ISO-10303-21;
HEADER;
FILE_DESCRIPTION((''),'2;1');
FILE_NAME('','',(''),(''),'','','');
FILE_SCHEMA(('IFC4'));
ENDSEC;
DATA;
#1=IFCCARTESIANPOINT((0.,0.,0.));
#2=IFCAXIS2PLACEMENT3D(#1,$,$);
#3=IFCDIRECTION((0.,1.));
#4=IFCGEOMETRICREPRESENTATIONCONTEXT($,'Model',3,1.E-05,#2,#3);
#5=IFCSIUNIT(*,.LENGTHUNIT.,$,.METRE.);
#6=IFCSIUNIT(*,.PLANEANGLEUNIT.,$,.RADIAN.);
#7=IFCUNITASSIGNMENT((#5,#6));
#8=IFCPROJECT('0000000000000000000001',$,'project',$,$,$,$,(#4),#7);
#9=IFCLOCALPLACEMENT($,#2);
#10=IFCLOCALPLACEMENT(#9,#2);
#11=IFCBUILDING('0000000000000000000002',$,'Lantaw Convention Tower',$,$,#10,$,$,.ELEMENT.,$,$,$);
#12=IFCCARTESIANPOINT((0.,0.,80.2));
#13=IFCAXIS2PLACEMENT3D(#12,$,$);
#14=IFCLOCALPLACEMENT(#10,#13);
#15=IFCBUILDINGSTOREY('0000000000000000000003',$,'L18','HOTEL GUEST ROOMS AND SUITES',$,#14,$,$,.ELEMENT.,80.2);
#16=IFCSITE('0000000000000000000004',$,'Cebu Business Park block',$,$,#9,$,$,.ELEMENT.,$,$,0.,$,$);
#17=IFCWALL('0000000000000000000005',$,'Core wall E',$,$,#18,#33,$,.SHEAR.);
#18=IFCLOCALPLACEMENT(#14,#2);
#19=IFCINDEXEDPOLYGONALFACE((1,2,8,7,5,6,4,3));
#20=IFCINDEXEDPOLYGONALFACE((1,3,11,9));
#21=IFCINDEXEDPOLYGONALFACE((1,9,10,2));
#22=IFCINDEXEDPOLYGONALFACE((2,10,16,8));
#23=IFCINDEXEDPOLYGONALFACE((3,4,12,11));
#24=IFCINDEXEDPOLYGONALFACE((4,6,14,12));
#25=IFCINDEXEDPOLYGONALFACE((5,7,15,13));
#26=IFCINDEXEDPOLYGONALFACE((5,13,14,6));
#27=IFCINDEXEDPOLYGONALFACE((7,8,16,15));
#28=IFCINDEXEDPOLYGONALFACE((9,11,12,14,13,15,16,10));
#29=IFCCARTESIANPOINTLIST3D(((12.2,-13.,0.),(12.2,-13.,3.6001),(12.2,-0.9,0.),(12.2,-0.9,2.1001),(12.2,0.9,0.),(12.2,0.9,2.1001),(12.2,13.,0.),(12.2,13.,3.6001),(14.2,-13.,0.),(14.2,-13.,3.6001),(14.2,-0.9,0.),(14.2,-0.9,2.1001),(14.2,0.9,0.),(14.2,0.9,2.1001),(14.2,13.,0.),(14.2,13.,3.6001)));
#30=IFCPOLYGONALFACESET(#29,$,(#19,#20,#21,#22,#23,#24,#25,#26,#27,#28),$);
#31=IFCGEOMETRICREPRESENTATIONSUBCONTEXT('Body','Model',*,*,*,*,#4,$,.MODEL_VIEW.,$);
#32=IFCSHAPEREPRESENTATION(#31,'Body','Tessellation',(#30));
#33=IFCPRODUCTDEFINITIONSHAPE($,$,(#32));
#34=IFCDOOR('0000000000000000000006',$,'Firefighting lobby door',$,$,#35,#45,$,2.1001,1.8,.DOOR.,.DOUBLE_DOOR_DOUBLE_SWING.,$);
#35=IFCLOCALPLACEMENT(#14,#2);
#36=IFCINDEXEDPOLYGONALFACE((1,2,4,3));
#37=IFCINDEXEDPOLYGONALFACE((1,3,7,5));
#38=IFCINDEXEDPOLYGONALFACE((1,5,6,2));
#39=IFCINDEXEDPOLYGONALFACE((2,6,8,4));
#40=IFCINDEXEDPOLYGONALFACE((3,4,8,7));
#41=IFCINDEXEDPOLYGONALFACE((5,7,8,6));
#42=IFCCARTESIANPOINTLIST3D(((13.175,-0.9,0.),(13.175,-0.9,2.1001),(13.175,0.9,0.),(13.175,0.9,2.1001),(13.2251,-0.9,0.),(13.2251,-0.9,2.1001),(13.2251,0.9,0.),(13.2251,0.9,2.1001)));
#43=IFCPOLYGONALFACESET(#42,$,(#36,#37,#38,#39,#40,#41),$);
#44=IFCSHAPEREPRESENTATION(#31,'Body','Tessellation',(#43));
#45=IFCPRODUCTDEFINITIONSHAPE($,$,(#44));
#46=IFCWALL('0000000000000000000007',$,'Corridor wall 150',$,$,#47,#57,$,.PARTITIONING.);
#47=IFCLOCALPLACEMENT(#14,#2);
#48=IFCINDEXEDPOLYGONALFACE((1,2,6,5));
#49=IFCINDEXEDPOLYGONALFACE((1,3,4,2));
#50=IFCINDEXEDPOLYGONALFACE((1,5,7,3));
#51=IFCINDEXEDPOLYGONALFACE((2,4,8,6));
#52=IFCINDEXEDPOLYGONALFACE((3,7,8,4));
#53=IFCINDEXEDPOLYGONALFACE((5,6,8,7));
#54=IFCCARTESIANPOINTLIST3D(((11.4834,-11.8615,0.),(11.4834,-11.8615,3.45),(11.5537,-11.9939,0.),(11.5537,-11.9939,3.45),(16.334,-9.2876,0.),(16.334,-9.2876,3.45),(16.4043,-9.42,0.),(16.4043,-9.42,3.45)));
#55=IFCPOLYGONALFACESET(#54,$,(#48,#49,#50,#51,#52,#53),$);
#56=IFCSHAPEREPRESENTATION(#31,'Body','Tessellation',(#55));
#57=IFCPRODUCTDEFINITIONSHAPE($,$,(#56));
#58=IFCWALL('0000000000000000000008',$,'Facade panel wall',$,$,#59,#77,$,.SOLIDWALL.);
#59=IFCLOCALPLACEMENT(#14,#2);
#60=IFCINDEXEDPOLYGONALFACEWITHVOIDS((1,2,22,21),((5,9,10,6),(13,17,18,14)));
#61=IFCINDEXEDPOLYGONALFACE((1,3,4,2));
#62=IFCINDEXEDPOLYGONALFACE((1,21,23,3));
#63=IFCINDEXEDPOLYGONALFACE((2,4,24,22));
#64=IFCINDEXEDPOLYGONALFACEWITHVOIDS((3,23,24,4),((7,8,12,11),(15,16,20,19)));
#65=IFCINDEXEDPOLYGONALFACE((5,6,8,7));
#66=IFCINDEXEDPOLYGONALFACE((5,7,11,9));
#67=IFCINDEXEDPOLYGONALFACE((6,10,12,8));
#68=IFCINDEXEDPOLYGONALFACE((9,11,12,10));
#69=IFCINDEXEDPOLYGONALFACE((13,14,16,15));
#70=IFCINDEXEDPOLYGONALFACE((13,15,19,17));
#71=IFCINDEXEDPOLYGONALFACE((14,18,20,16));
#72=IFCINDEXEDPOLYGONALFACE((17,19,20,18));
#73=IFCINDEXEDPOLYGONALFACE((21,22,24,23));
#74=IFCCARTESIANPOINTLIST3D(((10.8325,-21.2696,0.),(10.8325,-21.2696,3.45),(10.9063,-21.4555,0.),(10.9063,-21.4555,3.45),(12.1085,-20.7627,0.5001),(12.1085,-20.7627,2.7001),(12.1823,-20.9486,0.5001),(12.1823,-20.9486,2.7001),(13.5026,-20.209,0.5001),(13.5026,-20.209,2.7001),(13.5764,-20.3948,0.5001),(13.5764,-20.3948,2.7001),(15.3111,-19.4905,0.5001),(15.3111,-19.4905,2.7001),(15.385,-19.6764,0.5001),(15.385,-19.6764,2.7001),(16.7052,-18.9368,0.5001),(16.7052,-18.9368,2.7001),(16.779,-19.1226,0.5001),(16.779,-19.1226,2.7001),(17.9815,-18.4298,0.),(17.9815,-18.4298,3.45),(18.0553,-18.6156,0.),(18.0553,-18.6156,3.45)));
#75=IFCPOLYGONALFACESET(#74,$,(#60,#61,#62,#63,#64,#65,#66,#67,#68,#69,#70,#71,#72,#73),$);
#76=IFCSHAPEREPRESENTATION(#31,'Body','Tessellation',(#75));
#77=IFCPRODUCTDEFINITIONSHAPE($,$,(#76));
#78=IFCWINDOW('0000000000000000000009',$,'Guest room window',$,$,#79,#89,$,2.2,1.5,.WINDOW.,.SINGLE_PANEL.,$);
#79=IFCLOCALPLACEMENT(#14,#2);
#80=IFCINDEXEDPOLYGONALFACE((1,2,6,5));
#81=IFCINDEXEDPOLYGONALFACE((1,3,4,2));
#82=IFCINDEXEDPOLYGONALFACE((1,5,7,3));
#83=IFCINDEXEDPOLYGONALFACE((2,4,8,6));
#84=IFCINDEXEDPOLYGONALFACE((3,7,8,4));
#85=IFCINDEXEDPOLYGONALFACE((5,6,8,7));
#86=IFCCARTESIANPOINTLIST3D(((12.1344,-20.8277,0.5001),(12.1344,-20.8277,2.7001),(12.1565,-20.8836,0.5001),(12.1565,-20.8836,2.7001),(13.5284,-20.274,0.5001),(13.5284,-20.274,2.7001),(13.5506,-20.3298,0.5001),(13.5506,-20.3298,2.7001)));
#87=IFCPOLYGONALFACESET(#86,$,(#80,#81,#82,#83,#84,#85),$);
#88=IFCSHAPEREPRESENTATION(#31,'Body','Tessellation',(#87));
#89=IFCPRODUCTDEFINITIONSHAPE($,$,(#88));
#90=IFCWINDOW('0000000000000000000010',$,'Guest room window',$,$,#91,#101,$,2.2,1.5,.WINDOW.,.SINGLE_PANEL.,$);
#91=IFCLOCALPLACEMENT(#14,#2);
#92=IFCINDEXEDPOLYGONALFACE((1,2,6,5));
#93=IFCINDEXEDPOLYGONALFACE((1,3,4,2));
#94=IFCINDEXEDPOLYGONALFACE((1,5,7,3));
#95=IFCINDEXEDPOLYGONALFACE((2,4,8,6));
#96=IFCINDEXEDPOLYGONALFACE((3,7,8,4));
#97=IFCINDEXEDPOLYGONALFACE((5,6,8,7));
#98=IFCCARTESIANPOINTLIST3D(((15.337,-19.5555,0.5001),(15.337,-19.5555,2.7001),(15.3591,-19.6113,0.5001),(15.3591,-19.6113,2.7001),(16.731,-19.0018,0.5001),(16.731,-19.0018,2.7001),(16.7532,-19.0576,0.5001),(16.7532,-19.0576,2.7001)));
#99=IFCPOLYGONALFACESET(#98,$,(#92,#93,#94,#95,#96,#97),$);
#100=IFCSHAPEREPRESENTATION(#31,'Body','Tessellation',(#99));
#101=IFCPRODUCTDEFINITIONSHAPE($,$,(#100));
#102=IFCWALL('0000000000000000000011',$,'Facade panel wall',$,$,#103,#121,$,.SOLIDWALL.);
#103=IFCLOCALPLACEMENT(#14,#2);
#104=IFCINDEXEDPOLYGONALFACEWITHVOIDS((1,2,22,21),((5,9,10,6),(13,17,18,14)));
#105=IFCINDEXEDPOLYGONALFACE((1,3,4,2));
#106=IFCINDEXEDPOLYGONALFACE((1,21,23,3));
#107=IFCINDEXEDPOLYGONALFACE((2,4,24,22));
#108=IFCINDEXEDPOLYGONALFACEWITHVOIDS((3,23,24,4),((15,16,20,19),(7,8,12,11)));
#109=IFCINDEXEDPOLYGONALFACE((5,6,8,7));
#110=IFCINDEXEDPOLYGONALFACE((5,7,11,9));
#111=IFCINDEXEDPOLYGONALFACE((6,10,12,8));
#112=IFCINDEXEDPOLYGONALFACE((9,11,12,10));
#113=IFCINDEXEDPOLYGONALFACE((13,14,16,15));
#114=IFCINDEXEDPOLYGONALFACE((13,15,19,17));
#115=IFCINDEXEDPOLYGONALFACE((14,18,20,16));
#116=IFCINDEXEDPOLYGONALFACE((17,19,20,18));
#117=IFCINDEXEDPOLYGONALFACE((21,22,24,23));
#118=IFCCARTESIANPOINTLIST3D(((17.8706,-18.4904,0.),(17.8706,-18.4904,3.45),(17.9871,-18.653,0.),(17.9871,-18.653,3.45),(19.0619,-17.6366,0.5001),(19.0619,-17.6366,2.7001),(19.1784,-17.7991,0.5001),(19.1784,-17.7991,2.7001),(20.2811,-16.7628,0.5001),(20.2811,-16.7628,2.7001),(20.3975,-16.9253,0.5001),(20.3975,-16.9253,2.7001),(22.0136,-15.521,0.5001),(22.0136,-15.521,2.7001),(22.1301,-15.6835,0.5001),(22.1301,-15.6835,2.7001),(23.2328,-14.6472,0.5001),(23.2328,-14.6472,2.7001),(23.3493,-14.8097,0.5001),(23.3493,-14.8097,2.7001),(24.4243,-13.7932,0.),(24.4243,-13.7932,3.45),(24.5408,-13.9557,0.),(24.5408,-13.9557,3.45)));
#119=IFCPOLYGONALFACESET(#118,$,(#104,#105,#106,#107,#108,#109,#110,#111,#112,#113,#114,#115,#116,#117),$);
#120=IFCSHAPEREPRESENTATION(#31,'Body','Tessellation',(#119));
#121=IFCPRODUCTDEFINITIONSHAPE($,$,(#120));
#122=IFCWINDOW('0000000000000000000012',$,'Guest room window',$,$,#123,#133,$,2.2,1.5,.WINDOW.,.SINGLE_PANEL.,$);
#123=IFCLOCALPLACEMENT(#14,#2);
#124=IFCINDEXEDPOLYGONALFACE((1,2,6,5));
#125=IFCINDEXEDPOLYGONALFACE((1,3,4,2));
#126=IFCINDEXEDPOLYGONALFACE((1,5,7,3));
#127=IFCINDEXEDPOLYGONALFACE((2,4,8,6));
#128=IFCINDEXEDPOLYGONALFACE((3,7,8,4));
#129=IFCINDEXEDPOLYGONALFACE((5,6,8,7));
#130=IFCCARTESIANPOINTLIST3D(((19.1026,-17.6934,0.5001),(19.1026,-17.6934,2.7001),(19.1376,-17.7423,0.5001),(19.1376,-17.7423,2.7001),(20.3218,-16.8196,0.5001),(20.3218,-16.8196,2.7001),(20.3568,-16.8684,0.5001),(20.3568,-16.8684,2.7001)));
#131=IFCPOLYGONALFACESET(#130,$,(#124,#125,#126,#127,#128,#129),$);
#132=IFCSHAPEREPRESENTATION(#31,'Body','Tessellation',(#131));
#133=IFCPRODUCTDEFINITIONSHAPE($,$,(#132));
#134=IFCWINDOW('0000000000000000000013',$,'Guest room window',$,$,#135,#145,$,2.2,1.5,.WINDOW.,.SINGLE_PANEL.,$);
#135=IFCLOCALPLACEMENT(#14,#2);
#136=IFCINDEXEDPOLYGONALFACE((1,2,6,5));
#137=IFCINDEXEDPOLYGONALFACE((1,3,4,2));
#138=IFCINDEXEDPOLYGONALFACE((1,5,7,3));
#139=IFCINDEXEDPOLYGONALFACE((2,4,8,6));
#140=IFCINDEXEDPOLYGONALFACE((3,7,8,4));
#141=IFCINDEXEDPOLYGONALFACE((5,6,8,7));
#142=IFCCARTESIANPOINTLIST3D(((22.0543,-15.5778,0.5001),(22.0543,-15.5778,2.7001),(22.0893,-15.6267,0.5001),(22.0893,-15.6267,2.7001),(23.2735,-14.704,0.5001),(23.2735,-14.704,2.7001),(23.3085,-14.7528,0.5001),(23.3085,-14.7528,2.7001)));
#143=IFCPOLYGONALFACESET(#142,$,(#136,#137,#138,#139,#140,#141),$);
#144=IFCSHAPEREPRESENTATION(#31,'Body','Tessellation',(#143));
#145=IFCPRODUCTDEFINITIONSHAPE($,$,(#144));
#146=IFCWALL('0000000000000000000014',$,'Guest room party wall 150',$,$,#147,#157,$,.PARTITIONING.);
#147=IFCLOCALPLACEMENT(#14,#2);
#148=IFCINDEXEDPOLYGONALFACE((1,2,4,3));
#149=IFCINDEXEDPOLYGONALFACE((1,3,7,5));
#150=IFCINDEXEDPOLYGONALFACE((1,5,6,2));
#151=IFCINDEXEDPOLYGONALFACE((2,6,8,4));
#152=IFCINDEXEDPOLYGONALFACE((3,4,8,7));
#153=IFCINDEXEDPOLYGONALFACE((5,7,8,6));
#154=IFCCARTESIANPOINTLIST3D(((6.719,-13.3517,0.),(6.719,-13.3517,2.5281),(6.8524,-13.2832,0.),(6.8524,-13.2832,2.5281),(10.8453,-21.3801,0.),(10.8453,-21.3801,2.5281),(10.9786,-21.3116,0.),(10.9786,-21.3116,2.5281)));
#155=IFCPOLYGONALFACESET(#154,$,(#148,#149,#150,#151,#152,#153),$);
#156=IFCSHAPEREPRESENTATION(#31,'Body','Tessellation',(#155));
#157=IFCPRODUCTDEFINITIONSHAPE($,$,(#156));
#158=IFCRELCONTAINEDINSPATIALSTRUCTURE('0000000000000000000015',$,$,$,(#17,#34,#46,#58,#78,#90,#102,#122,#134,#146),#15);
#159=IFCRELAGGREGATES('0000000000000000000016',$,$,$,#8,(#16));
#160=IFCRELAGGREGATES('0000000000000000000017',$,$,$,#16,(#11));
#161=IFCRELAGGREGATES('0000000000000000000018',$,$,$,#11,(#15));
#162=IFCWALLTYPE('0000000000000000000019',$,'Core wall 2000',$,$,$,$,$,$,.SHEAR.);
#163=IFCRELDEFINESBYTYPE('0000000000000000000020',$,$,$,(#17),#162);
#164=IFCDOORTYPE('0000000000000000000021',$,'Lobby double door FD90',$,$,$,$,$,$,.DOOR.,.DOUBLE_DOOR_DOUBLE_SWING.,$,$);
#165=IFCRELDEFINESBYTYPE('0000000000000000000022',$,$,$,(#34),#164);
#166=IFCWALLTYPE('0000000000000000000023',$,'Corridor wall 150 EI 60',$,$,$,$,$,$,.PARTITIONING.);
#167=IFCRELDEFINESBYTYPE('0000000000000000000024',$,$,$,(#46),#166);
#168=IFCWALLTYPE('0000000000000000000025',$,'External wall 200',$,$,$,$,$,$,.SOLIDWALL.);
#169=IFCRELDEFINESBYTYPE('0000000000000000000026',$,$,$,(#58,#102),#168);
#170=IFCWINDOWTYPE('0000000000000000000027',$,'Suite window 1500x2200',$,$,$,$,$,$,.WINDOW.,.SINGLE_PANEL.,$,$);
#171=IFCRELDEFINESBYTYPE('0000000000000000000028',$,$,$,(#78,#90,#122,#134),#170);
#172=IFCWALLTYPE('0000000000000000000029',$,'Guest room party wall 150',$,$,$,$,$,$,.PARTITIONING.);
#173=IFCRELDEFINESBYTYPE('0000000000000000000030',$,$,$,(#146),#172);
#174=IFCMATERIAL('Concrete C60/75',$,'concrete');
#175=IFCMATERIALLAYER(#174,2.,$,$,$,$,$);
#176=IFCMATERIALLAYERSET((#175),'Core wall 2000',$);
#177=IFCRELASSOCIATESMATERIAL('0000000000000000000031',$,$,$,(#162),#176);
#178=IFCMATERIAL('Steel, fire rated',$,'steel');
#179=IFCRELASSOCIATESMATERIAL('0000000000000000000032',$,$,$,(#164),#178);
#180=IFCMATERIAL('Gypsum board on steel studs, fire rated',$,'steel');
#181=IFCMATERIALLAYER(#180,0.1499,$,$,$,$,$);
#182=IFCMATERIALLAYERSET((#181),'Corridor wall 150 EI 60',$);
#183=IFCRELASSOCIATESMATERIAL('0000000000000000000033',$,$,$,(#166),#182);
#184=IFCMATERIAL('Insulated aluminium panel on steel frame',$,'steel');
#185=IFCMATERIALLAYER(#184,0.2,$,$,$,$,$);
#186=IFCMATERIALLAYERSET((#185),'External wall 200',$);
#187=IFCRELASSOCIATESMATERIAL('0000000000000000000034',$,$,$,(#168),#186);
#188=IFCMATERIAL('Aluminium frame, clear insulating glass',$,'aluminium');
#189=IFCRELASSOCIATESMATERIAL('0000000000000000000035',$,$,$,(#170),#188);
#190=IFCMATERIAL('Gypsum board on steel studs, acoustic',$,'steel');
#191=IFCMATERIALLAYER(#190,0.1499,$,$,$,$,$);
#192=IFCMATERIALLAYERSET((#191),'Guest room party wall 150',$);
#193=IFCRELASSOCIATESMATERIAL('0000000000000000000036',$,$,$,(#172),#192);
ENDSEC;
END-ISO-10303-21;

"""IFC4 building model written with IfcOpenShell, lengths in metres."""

from ifc_helpers import new_model, si_unit, direction, frame, frame_2d, origin, place, context, subcontext, project, spatial, rectangle, extrude, material, layer, layer_set, type_object, element, fill, save


model = new_model("IFC4")

# Units and contexts
model_context = context("Model", 3, precision=1e-05, world=origin(), true_north=direction((0.0, 1.0)))
body_context = subcontext(model_context, "Body", "Model", "MODEL_VIEW")
ifc_project = project(units=[si_unit("LENGTHUNIT", "METRE"), si_unit("PLANEANGLEUNIT", "RADIAN")], contexts=[model_context])

# Site, building, storey
site_placement = place(None, origin())
site = spatial("IfcSite", under=ifc_project, at=site_placement, Name="Cebu Business Park block", CompositionType="ELEMENT", RefElevation=0.0)
building_placement = place(site_placement, origin())
building = spatial("IfcBuilding", under=site, at=building_placement, Name="Lantaw Convention Tower", CompositionType="ELEMENT")
storey_placement = place(building_placement, frame((0.0, 0.0, 80.2)))
storey = spatial("IfcBuildingStorey", under=building, at=storey_placement, Name="L18", Description="HOTEL GUEST ROOMS AND SUITES", CompositionType="ELEMENT", Elevation=80.2)

# Shared definitions
ifc_material_1 = material(Name="Concrete C60/75", Category="concrete")

# Wall, opening, door
ifc_layer_1 = layer(ifc_material_1, 2.0)
ifc_layer_set_1 = layer_set([ifc_layer_1], Name="Core wall 2000")
wall_type_1 = type_object("IfcWallType", Name="Core wall 2000", PredefinedType="SHEAR", material=ifc_layer_set_1)
wall_1_placement = place(storey_placement, frame((13.2, -13.0, 0.0), z_axis=(0.0, 0.0, 1.0), x_axis=(0.0, 1.0, 0.0)))
wall_1 = element("IfcWall", 1, at=wall_1_placement, inside=storey, type_object=wall_type_1, Name="Core wall E", PredefinedType="SHEAR", context=body_context, shape_type="SweptSolid", body=[
    extrude(rectangle(XDim=26.0, YDim=2.0, at=frame_2d((13.0, 0.0))), origin(), (0.0, 0.0, 1.0), 3.6001),
])
opening_1_placement = place(wall_1_placement, frame((12.1001, 0.0, 0.0)))
opening_1 = element("IfcOpeningElement", 2, at=opening_1_placement, cuts=wall_1, PredefinedType="OPENING", context=body_context, shape_type="SweptSolid", body=[
    extrude(rectangle(XDim=1.8, YDim=2.1001, at=frame_2d((0.8999, 1.05))), frame((0.0, 1.01, 0.0), z_axis=(0.0, -1.0, 0.0), x_axis=(1.0, 0.0, 0.0)), (0.0, 0.0, 1.0), 2.02),
])
ifc_material_2 = material(Name="Steel, fire rated", Category="steel")
door_type_1 = type_object("IfcDoorType", Name="Lobby double door FD90", OperationType="DOUBLE_DOOR_DOUBLE_SWING", PredefinedType="DOOR", material=ifc_material_2)
door_1_placement = place(opening_1_placement, origin())
door_1 = element("IfcDoor", 3, at=door_1_placement, inside=storey, type_object=door_type_1, Name="Firefighting lobby door", OperationType="DOUBLE_DOOR_DOUBLE_SWING", OverallHeight=2.1001, OverallWidth=1.8, PredefinedType="DOOR", context=body_context, shape_type="SweptSolid", body=[
    extrude(rectangle(XDim=1.8, YDim=2.1001, at=frame_2d((0.8999, 1.05))), frame((0.0, 0.0249, 0.0), z_axis=(0.0, -1.0, 0.0), x_axis=(1.0, 0.0, 0.0)), (0.0, 0.0, 1.0), 0.05),
])
fill(opening_1, door_1)

# Wall
ifc_material_3 = material(Name="Gypsum board on steel studs, fire rated", Category="steel")
ifc_layer_2 = layer(ifc_material_3, 0.1499)
ifc_layer_set_2 = layer_set([ifc_layer_2], Name="Corridor wall 150 EI 60")
wall_type_2 = type_object("IfcWallType", Name="Corridor wall 150 EI 60", PredefinedType="PARTITIONING", material=ifc_layer_set_2)
wall_2_placement = place(storey_placement, frame((11.5186, -11.9277, 0.0), z_axis=(0.0, 0.0, 1.0), x_axis=(0.883334, 0.468743, 0.0)))
element("IfcWall", 4, at=wall_2_placement, inside=storey, type_object=wall_type_2, Name="Corridor wall 150", PredefinedType="PARTITIONING", context=body_context, shape_type="SweptSolid", body=[
    extrude(rectangle(XDim=5.4912, YDim=0.1499, at=frame_2d((2.7456, 0.0))), origin(), (0.0, 0.0, 1.0), 3.45),
])

# Walls, openings, windows
ifc_material_4 = material(Name="Insulated aluminium panel on steel frame", Category="steel")
ifc_layer_3 = layer(ifc_material_4, 0.2)
ifc_layer_set_3 = layer_set([ifc_layer_3], Name="External wall 200")
wall_type_3 = type_object("IfcWallType", Name="External wall 200", PredefinedType="SOLIDWALL", material=ifc_layer_set_3)
wall_3_placement = place(storey_placement, frame((10.8694, -21.3625, 0.0), z_axis=(0.0, 0.0, 1.0), x_axis=(0.929358, 0.369179, 0.0)))
wall_3 = element("IfcWall", 5, at=wall_3_placement, inside=storey, type_object=wall_type_3, Name="Facade panel wall", PredefinedType="SOLIDWALL", context=body_context, shape_type="SweptSolid", body=[
    extrude(rectangle(XDim=7.6924, YDim=0.2, at=frame_2d((3.8462, 0.0))), origin(), (0.0, 0.0, 1.0), 3.45),
])
opening_2_placement = place(wall_3_placement, frame((1.373, 0.0, 0.5)))
opening_2 = element("IfcOpeningElement", 6, at=opening_2_placement, cuts=wall_3, PredefinedType="OPENING", context=body_context, shape_type="SweptSolid", body=[
    extrude(rectangle(XDim=1.5, YDim=2.2, at=frame_2d((0.75, 1.1001))), frame((0.0, 0.1099, 0.0), z_axis=(0.0, -1.0, 0.0), x_axis=(1.0, 0.0, 0.0)), (0.0, 0.0, 1.0), 0.22),
])
opening_3_placement = place(wall_3_placement, frame((4.8191, 0.0, 0.5)))
opening_3 = element("IfcOpeningElement", 7, at=opening_3_placement, cuts=wall_3, PredefinedType="OPENING", context=body_context, shape_type="SweptSolid", body=[
    extrude(rectangle(XDim=1.5, YDim=2.2, at=frame_2d((0.75, 1.1001))), frame((0.0, 0.1099, 0.0), z_axis=(0.0, -1.0, 0.0), x_axis=(1.0, 0.0, 0.0)), (0.0, 0.0, 1.0), 0.22),
])
ifc_material_5 = material(Name="Aluminium frame, clear insulating glass", Category="aluminium")
window_type = type_object("IfcWindowType", Name="Suite window 1500x2200", PartitioningType="SINGLE_PANEL", PredefinedType="WINDOW", material=ifc_material_5)
window_1_placement = place(opening_2_placement, origin())
window_1 = element("IfcWindow", 8, at=window_1_placement, inside=storey, type_object=window_type, Name="Guest room window", OverallHeight=2.2, OverallWidth=1.5, PartitioningType="SINGLE_PANEL", PredefinedType="WINDOW", context=body_context, shape_type="SweptSolid", body=[
    extrude(rectangle(XDim=1.5, YDim=2.2, at=frame_2d((0.75, 1.1001))), frame((0.0, 0.03, 0.0), z_axis=(0.0, -1.0, 0.0), x_axis=(1.0, 0.0, 0.0)), (0.0, 0.0, 1.0), 0.0601),
])
fill(opening_2, window_1)
window_2_placement = place(opening_3_placement, origin())
window_2 = element("IfcWindow", 9, at=window_2_placement, inside=storey, type_object=window_type, Name="Guest room window", OverallHeight=2.2, OverallWidth=1.5, PartitioningType="SINGLE_PANEL", PredefinedType="WINDOW", context=body_context, shape_type="SweptSolid", body=[
    extrude(rectangle(XDim=1.5, YDim=2.2, at=frame_2d((0.75, 1.1001))), frame((0.0, 0.03, 0.0), z_axis=(0.0, -1.0, 0.0), x_axis=(1.0, 0.0, 0.0)), (0.0, 0.0, 1.0), 0.0601),
])
fill(opening_3, window_2)
wall_4_placement = place(storey_placement, frame((17.9287, -18.5718, 0.0), z_axis=(0.0, 0.0, 1.0), x_axis=(0.812791, 0.582555, 0.0)))
wall_4 = element("IfcWall", 10, at=wall_4_placement, inside=storey, type_object=wall_type_3, Name="Facade panel wall", PredefinedType="SOLIDWALL", context=body_context, shape_type="SweptSolid", body=[
    extrude(rectangle(XDim=8.0632, YDim=0.2, at=frame_2d((4.0317, 0.0))), origin(), (0.0, 0.0, 1.0), 3.45),
])
opening_4_placement = place(wall_4_placement, frame((1.4658, 0.0, 0.5)))
opening_4 = element("IfcOpeningElement", 11, at=opening_4_placement, cuts=wall_4, PredefinedType="OPENING", context=body_context, shape_type="SweptSolid", body=[
    extrude(rectangle(XDim=1.5, YDim=2.2, at=frame_2d((0.75, 1.1001))), frame((0.0, 0.1099, 0.0), z_axis=(0.0, -1.0, 0.0), x_axis=(1.0, 0.0, 0.0)), (0.0, 0.0, 1.0), 0.22),
])
opening_5_placement = place(wall_4_placement, frame((5.0974, 0.0, 0.5)))
opening_5 = element("IfcOpeningElement", 12, at=opening_5_placement, cuts=wall_4, PredefinedType="OPENING", context=body_context, shape_type="SweptSolid", body=[
    extrude(rectangle(XDim=1.5, YDim=2.2, at=frame_2d((0.75, 1.1001))), frame((0.0, 0.1099, 0.0), z_axis=(0.0, -1.0, 0.0), x_axis=(1.0, 0.0, 0.0)), (0.0, 0.0, 1.0), 0.22),
])
window_3_placement = place(opening_4_placement, origin())
window_3 = element("IfcWindow", 13, at=window_3_placement, inside=storey, type_object=window_type, Name="Guest room window", OverallHeight=2.2, OverallWidth=1.5, PartitioningType="SINGLE_PANEL", PredefinedType="WINDOW", context=body_context, shape_type="SweptSolid", body=[
    extrude(rectangle(XDim=1.5, YDim=2.2, at=frame_2d((0.75, 1.1001))), frame((0.0, 0.03, 0.0), z_axis=(0.0, -1.0, 0.0), x_axis=(1.0, 0.0, 0.0)), (0.0, 0.0, 1.0), 0.0601),
])
fill(opening_4, window_3)
window_4_placement = place(opening_5_placement, origin())
window_4 = element("IfcWindow", 14, at=window_4_placement, inside=storey, type_object=window_type, Name="Guest room window", OverallHeight=2.2, OverallWidth=1.5, PartitioningType="SINGLE_PANEL", PredefinedType="WINDOW", context=body_context, shape_type="SweptSolid", body=[
    extrude(rectangle(XDim=1.5, YDim=2.2, at=frame_2d((0.75, 1.1001))), frame((0.0, 0.03, 0.0), z_axis=(0.0, -1.0, 0.0), x_axis=(1.0, 0.0, 0.0)), (0.0, 0.0, 1.0), 0.0601),
])
fill(opening_5, window_4)

# Wall
ifc_material_6 = material(Name="Gypsum board on steel studs, acoustic", Category="steel")
ifc_layer_4 = layer(ifc_material_6, 0.1499)
ifc_layer_set_4 = layer_set([ifc_layer_4], Name="Guest room party wall 150")
wall_type_4 = type_object("IfcWallType", Name="Guest room party wall 150", PredefinedType="PARTITIONING", material=ifc_layer_set_4)
wall_5_placement = place(storey_placement, frame((10.9119, -21.3457, 0.0), z_axis=(0.0, 0.0, 1.0), x_axis=(-0.457118, 0.889406, 0.0)))
element("IfcWall", 15, at=wall_5_placement, inside=storey, type_object=wall_type_4, Name="Guest room party wall 150", PredefinedType="PARTITIONING", context=body_context, shape_type="SweptSolid", body=[
    extrude(rectangle(XDim=9.0266, YDim=0.1499, at=frame_2d((4.5132, 0.0))), origin(), (0.0, 0.0, 1.0), 2.5281),
])

save(model, "model.ifc")
